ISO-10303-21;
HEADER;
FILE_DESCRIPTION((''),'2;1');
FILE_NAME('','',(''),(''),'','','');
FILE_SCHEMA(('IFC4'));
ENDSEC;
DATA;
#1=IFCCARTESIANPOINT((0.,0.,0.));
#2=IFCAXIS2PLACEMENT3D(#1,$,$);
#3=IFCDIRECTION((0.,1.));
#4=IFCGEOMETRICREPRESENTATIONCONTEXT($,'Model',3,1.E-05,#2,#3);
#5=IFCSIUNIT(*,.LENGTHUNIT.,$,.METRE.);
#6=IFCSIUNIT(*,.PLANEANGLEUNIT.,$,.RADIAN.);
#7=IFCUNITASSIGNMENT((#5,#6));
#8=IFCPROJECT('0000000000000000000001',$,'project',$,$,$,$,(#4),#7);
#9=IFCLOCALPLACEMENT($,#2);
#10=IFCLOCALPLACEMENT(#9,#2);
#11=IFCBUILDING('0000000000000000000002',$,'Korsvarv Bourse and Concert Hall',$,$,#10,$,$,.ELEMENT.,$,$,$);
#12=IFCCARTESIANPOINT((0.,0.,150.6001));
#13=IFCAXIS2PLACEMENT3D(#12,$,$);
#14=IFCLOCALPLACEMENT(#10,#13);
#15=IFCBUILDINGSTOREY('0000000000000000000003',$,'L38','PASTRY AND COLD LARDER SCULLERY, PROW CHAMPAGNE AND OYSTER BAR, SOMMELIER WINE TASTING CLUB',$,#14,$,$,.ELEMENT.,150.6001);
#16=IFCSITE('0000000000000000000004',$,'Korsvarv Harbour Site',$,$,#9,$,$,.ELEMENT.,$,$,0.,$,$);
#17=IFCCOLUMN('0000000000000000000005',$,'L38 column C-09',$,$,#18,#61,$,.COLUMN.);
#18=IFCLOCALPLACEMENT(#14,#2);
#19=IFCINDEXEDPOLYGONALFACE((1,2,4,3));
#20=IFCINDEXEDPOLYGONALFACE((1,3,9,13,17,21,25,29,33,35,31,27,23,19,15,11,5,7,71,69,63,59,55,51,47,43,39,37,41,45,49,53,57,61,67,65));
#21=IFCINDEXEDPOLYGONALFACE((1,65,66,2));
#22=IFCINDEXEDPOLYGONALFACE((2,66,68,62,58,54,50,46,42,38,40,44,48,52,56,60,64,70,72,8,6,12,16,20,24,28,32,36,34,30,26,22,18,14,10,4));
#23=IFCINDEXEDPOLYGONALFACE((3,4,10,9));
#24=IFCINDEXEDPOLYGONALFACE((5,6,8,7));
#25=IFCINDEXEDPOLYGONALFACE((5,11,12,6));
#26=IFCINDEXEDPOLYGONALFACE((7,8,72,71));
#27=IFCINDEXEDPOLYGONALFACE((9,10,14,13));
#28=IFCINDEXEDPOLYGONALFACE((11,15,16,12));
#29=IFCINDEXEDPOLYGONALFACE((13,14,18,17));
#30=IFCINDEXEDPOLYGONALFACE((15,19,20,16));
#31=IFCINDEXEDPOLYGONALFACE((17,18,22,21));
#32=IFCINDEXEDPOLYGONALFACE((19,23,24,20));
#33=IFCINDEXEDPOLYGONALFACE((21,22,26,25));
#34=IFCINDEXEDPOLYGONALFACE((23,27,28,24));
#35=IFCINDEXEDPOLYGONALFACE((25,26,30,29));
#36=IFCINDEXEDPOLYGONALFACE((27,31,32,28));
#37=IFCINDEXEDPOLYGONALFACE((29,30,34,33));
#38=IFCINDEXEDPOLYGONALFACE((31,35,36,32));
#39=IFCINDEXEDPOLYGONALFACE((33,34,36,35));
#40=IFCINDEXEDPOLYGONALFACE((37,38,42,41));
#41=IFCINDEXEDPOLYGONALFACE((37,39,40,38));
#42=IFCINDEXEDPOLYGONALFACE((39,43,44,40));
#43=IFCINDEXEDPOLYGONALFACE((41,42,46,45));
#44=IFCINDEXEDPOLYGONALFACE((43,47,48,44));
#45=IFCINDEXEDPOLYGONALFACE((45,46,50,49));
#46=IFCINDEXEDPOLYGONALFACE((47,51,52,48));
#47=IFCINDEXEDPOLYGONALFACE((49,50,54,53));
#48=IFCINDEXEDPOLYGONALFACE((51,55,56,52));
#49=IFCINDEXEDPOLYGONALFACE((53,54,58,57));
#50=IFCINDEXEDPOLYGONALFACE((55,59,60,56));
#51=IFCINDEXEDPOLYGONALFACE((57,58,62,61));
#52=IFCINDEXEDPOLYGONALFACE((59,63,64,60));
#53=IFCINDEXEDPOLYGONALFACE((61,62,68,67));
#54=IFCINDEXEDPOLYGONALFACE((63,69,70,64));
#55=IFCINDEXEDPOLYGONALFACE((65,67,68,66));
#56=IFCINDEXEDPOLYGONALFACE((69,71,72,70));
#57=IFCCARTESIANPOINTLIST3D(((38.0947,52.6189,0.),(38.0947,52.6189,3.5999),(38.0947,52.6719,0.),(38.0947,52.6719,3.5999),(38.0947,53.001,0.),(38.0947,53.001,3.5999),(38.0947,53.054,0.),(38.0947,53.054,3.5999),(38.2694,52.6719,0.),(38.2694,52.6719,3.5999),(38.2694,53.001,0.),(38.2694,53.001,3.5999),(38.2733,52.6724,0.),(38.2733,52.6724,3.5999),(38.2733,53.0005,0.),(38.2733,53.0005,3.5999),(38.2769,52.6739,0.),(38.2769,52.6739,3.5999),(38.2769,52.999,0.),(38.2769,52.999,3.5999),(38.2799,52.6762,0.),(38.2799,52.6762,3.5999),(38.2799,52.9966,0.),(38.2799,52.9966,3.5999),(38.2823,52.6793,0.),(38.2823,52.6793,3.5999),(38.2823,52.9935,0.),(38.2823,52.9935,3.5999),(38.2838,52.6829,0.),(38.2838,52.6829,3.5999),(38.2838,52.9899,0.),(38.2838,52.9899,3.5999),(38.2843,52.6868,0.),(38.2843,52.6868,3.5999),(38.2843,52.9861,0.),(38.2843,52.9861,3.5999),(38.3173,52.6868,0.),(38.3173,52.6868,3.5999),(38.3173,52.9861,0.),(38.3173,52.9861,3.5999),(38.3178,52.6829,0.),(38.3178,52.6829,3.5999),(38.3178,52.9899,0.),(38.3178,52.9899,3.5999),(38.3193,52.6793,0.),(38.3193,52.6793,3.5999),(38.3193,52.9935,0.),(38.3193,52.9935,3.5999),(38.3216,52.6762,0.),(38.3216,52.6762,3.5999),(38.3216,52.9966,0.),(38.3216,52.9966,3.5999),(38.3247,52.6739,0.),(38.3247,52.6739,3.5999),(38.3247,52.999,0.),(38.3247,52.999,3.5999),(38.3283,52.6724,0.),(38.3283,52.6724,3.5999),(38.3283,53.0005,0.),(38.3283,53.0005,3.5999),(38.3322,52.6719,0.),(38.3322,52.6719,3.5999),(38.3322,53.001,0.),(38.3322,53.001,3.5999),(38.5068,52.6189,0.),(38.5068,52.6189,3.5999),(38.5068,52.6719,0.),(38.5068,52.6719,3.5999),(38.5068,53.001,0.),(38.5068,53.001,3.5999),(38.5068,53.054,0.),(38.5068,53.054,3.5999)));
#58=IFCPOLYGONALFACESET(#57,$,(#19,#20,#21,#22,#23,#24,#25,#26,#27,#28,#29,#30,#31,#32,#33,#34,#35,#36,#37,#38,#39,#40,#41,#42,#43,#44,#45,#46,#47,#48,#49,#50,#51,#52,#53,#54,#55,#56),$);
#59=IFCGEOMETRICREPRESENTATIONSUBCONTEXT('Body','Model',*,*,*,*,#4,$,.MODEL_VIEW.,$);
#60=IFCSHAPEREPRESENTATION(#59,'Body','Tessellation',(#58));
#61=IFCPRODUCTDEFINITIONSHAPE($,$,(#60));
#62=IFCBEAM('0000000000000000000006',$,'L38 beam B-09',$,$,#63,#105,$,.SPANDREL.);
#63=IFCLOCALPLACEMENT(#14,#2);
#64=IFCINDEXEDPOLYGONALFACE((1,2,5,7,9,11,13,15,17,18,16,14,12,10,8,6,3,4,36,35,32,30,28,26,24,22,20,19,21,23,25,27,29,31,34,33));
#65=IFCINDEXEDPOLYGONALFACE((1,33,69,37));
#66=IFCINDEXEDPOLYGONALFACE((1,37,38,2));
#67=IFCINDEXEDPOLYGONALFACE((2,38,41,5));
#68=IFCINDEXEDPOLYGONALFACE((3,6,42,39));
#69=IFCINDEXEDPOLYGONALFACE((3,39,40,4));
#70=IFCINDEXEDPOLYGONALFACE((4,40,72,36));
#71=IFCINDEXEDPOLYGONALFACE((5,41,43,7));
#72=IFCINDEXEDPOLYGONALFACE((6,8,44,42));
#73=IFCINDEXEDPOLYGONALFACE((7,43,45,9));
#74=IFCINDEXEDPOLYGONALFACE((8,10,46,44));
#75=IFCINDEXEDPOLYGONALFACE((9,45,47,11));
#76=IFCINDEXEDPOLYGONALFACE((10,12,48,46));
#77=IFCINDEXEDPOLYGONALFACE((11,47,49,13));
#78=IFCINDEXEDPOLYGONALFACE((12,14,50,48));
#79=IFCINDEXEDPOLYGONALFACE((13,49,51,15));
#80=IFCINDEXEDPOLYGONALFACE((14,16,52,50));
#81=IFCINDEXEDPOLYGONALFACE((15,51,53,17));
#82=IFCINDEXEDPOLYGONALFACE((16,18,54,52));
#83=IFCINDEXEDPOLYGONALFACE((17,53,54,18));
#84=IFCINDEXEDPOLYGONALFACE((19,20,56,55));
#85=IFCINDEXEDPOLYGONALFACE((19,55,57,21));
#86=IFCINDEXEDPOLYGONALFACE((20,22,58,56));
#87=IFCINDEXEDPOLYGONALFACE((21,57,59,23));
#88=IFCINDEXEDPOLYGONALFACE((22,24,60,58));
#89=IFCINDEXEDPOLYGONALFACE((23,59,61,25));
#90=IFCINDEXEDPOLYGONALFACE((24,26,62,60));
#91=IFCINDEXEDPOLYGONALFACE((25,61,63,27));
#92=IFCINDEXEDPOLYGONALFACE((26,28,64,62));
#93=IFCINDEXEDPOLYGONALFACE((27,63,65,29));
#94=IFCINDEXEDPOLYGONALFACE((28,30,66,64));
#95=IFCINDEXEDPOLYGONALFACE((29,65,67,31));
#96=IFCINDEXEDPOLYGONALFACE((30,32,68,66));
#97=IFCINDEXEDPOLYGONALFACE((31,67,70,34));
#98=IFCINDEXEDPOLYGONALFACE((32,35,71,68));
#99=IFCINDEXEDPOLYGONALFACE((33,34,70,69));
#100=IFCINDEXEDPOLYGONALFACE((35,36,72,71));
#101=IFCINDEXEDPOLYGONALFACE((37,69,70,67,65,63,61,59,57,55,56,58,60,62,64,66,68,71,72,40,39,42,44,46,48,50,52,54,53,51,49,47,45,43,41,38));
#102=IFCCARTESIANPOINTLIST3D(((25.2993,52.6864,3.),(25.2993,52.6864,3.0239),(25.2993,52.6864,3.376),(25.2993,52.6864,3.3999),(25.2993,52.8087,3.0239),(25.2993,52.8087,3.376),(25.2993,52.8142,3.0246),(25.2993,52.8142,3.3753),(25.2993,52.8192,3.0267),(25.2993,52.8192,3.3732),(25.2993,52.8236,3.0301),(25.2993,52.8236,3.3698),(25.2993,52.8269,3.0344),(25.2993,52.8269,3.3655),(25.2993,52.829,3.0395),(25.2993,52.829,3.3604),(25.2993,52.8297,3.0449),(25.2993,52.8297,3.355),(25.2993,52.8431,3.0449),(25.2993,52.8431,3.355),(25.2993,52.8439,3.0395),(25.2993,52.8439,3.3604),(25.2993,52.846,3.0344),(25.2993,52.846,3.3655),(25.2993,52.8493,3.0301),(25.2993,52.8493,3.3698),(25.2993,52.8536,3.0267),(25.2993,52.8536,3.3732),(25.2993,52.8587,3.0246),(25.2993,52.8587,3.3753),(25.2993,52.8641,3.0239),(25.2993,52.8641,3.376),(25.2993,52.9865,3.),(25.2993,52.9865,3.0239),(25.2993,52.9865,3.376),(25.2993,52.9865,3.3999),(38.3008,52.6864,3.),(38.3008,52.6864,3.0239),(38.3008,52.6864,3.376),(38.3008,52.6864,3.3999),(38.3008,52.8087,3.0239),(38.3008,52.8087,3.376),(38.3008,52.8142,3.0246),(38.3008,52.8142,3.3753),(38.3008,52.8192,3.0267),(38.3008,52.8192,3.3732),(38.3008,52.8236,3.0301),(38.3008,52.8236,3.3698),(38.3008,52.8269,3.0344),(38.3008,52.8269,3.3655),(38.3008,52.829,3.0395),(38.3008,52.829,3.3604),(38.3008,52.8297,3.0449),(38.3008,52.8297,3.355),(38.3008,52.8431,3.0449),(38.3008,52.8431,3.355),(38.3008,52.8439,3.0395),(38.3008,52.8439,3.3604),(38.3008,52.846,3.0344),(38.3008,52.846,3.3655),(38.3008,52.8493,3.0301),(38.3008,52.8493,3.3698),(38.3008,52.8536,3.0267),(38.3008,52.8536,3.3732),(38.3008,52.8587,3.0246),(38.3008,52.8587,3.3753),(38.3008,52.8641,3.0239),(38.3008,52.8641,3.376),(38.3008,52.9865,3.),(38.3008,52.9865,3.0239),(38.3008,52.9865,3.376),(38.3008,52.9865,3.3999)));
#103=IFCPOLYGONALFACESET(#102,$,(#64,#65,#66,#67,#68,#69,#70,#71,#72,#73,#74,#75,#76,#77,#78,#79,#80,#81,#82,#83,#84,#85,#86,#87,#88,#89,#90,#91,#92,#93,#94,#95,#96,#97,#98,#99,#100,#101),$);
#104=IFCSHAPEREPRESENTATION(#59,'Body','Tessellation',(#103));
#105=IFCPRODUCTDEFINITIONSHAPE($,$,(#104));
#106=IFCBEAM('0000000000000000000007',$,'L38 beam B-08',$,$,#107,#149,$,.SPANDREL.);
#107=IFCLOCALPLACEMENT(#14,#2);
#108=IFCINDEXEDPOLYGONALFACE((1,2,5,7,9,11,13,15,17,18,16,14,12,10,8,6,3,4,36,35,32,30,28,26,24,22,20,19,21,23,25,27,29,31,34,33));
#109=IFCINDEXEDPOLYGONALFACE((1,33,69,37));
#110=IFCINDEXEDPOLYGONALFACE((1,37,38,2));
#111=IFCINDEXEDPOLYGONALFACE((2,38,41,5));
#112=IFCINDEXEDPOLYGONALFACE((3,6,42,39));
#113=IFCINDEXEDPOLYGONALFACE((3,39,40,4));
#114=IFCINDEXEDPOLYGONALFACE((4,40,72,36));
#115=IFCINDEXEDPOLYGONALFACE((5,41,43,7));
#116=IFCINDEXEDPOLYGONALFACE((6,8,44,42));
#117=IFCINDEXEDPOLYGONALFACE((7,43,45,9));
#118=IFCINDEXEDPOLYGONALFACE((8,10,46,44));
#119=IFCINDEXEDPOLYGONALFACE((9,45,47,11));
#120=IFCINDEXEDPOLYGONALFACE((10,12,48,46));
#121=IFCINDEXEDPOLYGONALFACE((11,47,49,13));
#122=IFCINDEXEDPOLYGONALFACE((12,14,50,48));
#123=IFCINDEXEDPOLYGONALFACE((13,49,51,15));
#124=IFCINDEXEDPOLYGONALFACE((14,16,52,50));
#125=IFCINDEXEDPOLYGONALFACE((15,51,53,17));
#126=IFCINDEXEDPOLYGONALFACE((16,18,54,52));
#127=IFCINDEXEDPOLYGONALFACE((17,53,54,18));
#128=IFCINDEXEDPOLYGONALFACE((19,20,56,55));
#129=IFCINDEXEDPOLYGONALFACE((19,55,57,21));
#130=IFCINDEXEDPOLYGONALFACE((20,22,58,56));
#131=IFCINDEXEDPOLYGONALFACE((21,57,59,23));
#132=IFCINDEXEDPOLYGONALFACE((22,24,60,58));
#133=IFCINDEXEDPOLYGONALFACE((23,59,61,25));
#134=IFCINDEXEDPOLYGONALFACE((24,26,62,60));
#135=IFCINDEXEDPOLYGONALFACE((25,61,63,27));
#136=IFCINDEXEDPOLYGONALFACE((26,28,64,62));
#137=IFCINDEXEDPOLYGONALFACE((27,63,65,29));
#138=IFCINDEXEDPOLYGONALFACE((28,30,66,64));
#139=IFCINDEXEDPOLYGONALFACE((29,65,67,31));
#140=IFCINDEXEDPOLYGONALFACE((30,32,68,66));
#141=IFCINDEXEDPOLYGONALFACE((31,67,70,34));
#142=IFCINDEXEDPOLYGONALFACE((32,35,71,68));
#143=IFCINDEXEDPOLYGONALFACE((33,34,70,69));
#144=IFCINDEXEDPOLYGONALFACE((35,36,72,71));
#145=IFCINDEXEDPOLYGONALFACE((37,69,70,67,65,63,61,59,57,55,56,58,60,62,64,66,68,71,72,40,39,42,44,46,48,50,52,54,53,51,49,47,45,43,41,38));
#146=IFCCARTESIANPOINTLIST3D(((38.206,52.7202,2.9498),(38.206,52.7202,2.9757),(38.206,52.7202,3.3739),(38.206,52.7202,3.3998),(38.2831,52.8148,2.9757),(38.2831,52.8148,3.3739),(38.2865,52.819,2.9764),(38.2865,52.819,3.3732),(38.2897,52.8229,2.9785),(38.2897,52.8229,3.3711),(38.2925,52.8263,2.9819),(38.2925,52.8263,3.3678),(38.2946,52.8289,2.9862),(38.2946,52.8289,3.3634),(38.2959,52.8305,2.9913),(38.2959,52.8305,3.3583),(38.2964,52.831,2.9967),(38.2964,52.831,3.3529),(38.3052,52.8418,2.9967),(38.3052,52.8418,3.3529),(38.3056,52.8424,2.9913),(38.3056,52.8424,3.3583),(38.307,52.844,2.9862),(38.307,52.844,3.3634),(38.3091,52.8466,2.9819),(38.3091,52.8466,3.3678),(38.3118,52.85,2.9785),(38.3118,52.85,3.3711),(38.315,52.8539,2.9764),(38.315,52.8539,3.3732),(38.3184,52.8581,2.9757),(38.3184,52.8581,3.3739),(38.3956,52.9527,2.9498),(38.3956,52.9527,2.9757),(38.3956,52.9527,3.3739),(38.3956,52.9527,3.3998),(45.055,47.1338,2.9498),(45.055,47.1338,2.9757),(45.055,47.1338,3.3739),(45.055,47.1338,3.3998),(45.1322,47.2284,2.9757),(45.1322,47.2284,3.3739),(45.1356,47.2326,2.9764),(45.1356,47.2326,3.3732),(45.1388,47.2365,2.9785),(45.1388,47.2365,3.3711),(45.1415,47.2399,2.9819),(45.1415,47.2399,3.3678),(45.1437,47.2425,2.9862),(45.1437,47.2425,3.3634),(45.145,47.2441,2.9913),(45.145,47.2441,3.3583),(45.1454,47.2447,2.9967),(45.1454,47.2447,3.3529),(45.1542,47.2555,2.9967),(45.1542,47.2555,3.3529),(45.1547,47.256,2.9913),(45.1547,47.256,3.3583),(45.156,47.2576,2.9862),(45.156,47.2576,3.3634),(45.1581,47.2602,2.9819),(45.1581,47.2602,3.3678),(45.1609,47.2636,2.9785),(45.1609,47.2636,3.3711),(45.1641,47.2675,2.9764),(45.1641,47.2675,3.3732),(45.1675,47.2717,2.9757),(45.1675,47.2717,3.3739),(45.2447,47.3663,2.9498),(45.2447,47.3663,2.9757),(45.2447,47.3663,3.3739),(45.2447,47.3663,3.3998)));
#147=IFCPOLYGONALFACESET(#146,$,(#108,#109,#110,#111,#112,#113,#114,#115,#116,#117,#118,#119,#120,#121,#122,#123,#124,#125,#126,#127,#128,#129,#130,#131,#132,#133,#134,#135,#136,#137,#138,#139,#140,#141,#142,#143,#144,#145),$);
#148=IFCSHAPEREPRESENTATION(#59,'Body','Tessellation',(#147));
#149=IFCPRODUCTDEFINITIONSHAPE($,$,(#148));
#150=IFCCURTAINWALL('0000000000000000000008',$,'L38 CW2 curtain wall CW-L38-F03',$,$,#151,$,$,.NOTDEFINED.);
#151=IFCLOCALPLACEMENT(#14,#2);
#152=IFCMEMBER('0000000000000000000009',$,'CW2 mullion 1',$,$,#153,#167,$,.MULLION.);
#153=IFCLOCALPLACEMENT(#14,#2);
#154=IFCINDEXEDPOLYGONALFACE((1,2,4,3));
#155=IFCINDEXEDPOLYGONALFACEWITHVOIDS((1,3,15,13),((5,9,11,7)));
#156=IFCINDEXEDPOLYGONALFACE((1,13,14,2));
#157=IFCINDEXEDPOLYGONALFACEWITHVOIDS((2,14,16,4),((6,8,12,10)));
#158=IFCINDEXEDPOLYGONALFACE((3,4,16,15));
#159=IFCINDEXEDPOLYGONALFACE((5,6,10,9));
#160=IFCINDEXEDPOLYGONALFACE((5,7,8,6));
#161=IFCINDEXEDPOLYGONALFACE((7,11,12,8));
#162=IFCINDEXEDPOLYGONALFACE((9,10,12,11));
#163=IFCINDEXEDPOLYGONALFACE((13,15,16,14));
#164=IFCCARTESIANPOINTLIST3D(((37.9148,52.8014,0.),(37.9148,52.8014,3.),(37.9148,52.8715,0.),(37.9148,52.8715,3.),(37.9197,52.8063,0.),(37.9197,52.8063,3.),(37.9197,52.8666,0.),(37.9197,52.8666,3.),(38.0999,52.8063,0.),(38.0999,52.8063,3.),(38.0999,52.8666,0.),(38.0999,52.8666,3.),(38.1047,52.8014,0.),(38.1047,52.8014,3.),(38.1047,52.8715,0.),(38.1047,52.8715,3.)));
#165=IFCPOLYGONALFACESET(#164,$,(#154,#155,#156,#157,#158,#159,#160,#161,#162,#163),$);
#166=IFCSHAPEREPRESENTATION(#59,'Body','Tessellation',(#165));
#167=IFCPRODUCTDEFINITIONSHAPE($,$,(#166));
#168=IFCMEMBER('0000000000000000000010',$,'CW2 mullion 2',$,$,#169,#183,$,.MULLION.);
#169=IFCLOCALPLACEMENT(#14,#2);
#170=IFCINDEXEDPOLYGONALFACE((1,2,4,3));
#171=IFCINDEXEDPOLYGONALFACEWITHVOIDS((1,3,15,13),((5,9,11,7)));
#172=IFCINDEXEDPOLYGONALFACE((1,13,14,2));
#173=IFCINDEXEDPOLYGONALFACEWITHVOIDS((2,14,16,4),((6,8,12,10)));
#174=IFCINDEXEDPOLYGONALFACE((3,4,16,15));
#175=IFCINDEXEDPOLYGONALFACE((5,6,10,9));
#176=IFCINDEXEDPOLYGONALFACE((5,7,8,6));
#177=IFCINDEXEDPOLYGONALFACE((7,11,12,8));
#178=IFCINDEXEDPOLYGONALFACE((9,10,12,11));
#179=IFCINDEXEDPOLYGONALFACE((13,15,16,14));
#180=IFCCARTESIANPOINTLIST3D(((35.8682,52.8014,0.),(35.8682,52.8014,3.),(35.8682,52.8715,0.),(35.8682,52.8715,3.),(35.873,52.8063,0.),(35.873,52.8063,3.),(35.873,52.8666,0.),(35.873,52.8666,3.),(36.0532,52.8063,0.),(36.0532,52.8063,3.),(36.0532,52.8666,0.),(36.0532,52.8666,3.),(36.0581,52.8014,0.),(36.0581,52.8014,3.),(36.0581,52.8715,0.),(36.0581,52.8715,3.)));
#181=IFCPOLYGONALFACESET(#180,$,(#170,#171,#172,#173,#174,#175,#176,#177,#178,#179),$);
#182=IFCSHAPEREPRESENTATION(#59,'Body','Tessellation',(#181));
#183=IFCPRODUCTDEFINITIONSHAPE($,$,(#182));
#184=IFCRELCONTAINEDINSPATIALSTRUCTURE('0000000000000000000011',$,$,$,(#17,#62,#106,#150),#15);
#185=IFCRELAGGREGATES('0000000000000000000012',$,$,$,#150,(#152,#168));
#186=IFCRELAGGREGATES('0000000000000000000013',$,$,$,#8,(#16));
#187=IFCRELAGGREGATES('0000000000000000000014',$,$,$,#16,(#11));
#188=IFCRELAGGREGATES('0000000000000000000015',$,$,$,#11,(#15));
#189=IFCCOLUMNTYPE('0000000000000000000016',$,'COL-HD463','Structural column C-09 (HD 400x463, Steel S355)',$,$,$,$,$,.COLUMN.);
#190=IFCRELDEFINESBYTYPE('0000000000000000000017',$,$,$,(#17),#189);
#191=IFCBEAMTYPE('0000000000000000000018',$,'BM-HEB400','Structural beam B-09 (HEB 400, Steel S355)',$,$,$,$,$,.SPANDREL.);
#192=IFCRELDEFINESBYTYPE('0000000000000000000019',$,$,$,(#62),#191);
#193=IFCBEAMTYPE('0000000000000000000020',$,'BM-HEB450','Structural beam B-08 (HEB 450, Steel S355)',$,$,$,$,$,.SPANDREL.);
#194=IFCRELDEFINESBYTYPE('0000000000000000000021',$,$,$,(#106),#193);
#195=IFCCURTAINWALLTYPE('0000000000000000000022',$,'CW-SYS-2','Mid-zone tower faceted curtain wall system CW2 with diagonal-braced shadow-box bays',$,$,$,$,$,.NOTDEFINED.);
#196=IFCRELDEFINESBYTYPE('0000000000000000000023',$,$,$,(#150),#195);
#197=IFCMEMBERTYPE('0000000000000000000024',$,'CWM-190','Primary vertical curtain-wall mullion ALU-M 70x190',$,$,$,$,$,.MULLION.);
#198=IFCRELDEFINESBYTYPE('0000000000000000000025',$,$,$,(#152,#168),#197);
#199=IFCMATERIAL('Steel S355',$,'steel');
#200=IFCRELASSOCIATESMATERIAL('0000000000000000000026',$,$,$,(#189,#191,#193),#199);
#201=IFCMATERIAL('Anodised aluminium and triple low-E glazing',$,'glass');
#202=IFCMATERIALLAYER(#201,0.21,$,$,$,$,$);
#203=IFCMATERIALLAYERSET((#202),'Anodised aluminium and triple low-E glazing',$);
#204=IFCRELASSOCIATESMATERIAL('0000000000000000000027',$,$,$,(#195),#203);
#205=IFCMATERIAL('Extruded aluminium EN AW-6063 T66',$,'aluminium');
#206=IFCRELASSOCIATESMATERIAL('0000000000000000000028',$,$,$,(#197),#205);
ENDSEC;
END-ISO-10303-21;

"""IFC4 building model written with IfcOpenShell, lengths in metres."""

from ifc_helpers import new_model, si_unit, direction, frame, origin, origin_2d, place, context, subcontext, project, spatial, hollow_rectangle, i_section, extrude, source, transform, mapped, material, layer, layer_set, material_profile, profile_set, type_object, element, aggregate, save


model = new_model("IFC4")

# Units and contexts
model_context = context("Model", 3, precision=1e-05, world=origin(), true_north=direction((0.0, 1.0)))
body_context = subcontext(model_context, "Body", "Model", "MODEL_VIEW")
ifc_project = project(units=[si_unit("LENGTHUNIT", "METRE"), si_unit("PLANEANGLEUNIT", "RADIAN")], contexts=[model_context])

# Site, building, storey
site_placement = place(None, origin())
site = spatial("IfcSite", under=ifc_project, at=site_placement, Name="Korsvarv Harbour Site", CompositionType="ELEMENT", RefElevation=0.0)
building_placement = place(site_placement, origin())
building = spatial("IfcBuilding", under=site, at=building_placement, Name="Korsvarv Bourse and Concert Hall", CompositionType="ELEMENT")
storey_placement = place(building_placement, frame((0.0, 0.0, 150.6001)))
storey = spatial("IfcBuildingStorey", under=building, at=storey_placement, Name="L38", Description="PASTRY AND COLD LARDER SCULLERY, PROW CHAMPAGNE AND OYSTER BAR, SOMMELIER WINE TASTING CLUB", CompositionType="ELEMENT", Elevation=150.6001)

# Column
ifc_material_1 = material(Name="Steel S355", Category="steel")
ifc_material_profile_1 = material_profile(ifc_material_1, i_section(OverallWidth=0.4121, OverallDepth=0.4351, WebThickness=0.033, FlangeThickness=0.053, FilletRadius=0.0149, at=origin_2d()), Name="HD 400x463")
ifc_profile_set_1 = profile_set([ifc_material_profile_1], Name="Steel S355")
column_type = type_object("IfcColumnType", Name="COL-HD463", Description="Structural column C-09 (HD 400x463, Steel S355)", PredefinedType="COLUMN", material=ifc_profile_set_1)
shared_shape_1 = source(origin(), body_context, "Body", "SweptSolid", [
    extrude(i_section(OverallWidth=0.4121, OverallDepth=0.4351, WebThickness=0.033, FlangeThickness=0.053, FilletRadius=0.0149, at=origin_2d()), origin(), (0.0, 0.0, 1.0), 3.5999),
])
column_placement = place(storey_placement, frame((38.3008, 52.8364, 0.0), z_axis=(0.0, 0.0, 1.0), x_axis=(1.0, 0.0, 0.0)))
element("IfcColumn", 1, at=column_placement, inside=storey, type_object=column_type, Name="L38 column C-09", PredefinedType="COLUMN", context=body_context, shape_type="MappedRepresentation", body=[
    mapped(shared_shape_1, transform((0.0, 0.0, 0.0), scale=1.0)),
])

# Beams
ifc_material_profile_2 = material_profile(ifc_material_1, i_section(OverallWidth=0.3, OverallDepth=0.3999, WebThickness=0.0134, FlangeThickness=0.0239, FilletRadius=0.021, at=origin_2d()), Name="HEB 400")
ifc_profile_set_2 = profile_set([ifc_material_profile_2], Name="Steel S355")
beam_type_1 = type_object("IfcBeamType", Name="BM-HEB400", Description="Structural beam B-09 (HEB 400, Steel S355)", PredefinedType="SPANDREL", material=ifc_profile_set_2)
shared_shape_2 = source(origin(), body_context, "Body", "SweptSolid", [
    extrude(i_section(OverallWidth=0.3, OverallDepth=0.3999, WebThickness=0.0134, FlangeThickness=0.0239, FilletRadius=0.021, at=origin_2d()), origin(), (0.0, 0.0, 1.0), 13.0015),
])
beam_1_placement = place(storey_placement, frame((38.3008, 52.8364, 3.2), z_axis=(-1.0, 0.0, 0.0), x_axis=(0.0, -1.0, 0.0)))
element("IfcBeam", 2, at=beam_1_placement, inside=storey, type_object=beam_type_1, Name="L38 beam B-09", PredefinedType="SPANDREL", context=body_context, shape_type="MappedRepresentation", body=[
    mapped(shared_shape_2, transform((0.0, 0.0, 0.0), scale=1.0)),
])
ifc_material_profile_3 = material_profile(ifc_material_1, i_section(OverallWidth=0.3, OverallDepth=0.45, WebThickness=0.0139, FlangeThickness=0.0259, FilletRadius=0.021, at=origin_2d()), Name="HEB 450")
ifc_profile_set_3 = profile_set([ifc_material_profile_3], Name="Steel S355")
beam_type_2 = type_object("IfcBeamType", Name="BM-HEB450", Description="Structural beam B-08 (HEB 450, Steel S355)", PredefinedType="SPANDREL", material=ifc_profile_set_3)
shared_shape_3 = source(origin(), body_context, "Body", "SweptSolid", [
    extrude(i_section(OverallWidth=0.3, OverallDepth=0.45, WebThickness=0.0139, FlangeThickness=0.0259, FilletRadius=0.021, at=origin_2d()), origin(), (0.0, 0.0, 1.0), 8.8384),
])
beam_2_placement = place(storey_placement, frame((38.3008, 52.8364, 3.1748), z_axis=(0.774921, -0.632058, 0.0), x_axis=(0.632058, 0.774921, 0.0)))
element("IfcBeam", 3, at=beam_2_placement, inside=storey, type_object=beam_type_2, Name="L38 beam B-08", PredefinedType="SPANDREL", context=body_context, shape_type="MappedRepresentation", body=[
    mapped(shared_shape_3, transform((0.0, 0.0, 0.0), scale=1.0)),
])

# Curtain wall, members
ifc_material_2 = material(Name="Anodised aluminium and triple low-E glazing", Category="glass")
ifc_layer_1 = layer(ifc_material_2, 0.21)
ifc_layer_set_1 = layer_set([ifc_layer_1], Name="Anodised aluminium and triple low-E glazing")
curtain_wall_type = type_object("IfcCurtainWallType", Name="CW-SYS-2", Description="Mid-zone tower faceted curtain wall system CW2 with diagonal-braced shadow-box bays", PredefinedType="NOTDEFINED", material=ifc_layer_set_1)
curtain_wall_placement = place(storey_placement, origin())
curtain_wall = element("IfcCurtainWall", 4, at=curtain_wall_placement, inside=storey, type_object=curtain_wall_type, Name="L38 CW2 curtain wall CW-L38-F03", PredefinedType="NOTDEFINED")
ifc_material_3 = material(Name="Extruded aluminium EN AW-6063 T66", Category="aluminium")
ifc_material_profile_4 = material_profile(ifc_material_3, hollow_rectangle(XDim=0.0701, YDim=0.1899, WallThickness=0.0049, at=origin_2d()), Name="ALU-M 70x190")
ifc_profile_set_4 = profile_set([ifc_material_profile_4], Name="Extruded aluminium EN AW-6063 T66")
member_type_1 = type_object("IfcMemberType", Name="CWM-190", Description="Primary vertical curtain-wall mullion ALU-M 70x190", PredefinedType="MULLION", material=ifc_profile_set_4)
shared_shape_4 = source(origin(), body_context, "Body", "SweptSolid", [
    extrude(hollow_rectangle(XDim=0.0701, YDim=0.1899, WallThickness=0.0049, at=origin_2d()), origin(), (0.0, 0.0, 1.0), 3.0),
])
member_1_placement = place(storey_placement, frame((38.0098, 52.8364, 0.0), z_axis=(0.0, 0.0, 1.0), x_axis=(0.0, -1.0, 0.0)))
member_1 = element("IfcMember", 5, at=member_1_placement, type_object=member_type_1, Name="CW2 mullion 1", PredefinedType="MULLION", context=body_context, shape_type="MappedRepresentation", body=[
    mapped(shared_shape_4, transform((0.0, 0.0, 0.0), scale=1.0)),
])
member_2_placement = place(storey_placement, frame((35.9631, 52.8364, 0.0), z_axis=(0.0, 0.0, 1.0), x_axis=(0.0, -1.0, 0.0)))
member_2 = element("IfcMember", 6, at=member_2_placement, type_object=member_type_1, Name="CW2 mullion 2", PredefinedType="MULLION", context=body_context, shape_type="MappedRepresentation", body=[
    mapped(shared_shape_4, transform((0.0, 0.0, 0.0), scale=1.0)),
])
aggregate(curtain_wall, [member_1, member_2])

save(model, "model.ifc")
